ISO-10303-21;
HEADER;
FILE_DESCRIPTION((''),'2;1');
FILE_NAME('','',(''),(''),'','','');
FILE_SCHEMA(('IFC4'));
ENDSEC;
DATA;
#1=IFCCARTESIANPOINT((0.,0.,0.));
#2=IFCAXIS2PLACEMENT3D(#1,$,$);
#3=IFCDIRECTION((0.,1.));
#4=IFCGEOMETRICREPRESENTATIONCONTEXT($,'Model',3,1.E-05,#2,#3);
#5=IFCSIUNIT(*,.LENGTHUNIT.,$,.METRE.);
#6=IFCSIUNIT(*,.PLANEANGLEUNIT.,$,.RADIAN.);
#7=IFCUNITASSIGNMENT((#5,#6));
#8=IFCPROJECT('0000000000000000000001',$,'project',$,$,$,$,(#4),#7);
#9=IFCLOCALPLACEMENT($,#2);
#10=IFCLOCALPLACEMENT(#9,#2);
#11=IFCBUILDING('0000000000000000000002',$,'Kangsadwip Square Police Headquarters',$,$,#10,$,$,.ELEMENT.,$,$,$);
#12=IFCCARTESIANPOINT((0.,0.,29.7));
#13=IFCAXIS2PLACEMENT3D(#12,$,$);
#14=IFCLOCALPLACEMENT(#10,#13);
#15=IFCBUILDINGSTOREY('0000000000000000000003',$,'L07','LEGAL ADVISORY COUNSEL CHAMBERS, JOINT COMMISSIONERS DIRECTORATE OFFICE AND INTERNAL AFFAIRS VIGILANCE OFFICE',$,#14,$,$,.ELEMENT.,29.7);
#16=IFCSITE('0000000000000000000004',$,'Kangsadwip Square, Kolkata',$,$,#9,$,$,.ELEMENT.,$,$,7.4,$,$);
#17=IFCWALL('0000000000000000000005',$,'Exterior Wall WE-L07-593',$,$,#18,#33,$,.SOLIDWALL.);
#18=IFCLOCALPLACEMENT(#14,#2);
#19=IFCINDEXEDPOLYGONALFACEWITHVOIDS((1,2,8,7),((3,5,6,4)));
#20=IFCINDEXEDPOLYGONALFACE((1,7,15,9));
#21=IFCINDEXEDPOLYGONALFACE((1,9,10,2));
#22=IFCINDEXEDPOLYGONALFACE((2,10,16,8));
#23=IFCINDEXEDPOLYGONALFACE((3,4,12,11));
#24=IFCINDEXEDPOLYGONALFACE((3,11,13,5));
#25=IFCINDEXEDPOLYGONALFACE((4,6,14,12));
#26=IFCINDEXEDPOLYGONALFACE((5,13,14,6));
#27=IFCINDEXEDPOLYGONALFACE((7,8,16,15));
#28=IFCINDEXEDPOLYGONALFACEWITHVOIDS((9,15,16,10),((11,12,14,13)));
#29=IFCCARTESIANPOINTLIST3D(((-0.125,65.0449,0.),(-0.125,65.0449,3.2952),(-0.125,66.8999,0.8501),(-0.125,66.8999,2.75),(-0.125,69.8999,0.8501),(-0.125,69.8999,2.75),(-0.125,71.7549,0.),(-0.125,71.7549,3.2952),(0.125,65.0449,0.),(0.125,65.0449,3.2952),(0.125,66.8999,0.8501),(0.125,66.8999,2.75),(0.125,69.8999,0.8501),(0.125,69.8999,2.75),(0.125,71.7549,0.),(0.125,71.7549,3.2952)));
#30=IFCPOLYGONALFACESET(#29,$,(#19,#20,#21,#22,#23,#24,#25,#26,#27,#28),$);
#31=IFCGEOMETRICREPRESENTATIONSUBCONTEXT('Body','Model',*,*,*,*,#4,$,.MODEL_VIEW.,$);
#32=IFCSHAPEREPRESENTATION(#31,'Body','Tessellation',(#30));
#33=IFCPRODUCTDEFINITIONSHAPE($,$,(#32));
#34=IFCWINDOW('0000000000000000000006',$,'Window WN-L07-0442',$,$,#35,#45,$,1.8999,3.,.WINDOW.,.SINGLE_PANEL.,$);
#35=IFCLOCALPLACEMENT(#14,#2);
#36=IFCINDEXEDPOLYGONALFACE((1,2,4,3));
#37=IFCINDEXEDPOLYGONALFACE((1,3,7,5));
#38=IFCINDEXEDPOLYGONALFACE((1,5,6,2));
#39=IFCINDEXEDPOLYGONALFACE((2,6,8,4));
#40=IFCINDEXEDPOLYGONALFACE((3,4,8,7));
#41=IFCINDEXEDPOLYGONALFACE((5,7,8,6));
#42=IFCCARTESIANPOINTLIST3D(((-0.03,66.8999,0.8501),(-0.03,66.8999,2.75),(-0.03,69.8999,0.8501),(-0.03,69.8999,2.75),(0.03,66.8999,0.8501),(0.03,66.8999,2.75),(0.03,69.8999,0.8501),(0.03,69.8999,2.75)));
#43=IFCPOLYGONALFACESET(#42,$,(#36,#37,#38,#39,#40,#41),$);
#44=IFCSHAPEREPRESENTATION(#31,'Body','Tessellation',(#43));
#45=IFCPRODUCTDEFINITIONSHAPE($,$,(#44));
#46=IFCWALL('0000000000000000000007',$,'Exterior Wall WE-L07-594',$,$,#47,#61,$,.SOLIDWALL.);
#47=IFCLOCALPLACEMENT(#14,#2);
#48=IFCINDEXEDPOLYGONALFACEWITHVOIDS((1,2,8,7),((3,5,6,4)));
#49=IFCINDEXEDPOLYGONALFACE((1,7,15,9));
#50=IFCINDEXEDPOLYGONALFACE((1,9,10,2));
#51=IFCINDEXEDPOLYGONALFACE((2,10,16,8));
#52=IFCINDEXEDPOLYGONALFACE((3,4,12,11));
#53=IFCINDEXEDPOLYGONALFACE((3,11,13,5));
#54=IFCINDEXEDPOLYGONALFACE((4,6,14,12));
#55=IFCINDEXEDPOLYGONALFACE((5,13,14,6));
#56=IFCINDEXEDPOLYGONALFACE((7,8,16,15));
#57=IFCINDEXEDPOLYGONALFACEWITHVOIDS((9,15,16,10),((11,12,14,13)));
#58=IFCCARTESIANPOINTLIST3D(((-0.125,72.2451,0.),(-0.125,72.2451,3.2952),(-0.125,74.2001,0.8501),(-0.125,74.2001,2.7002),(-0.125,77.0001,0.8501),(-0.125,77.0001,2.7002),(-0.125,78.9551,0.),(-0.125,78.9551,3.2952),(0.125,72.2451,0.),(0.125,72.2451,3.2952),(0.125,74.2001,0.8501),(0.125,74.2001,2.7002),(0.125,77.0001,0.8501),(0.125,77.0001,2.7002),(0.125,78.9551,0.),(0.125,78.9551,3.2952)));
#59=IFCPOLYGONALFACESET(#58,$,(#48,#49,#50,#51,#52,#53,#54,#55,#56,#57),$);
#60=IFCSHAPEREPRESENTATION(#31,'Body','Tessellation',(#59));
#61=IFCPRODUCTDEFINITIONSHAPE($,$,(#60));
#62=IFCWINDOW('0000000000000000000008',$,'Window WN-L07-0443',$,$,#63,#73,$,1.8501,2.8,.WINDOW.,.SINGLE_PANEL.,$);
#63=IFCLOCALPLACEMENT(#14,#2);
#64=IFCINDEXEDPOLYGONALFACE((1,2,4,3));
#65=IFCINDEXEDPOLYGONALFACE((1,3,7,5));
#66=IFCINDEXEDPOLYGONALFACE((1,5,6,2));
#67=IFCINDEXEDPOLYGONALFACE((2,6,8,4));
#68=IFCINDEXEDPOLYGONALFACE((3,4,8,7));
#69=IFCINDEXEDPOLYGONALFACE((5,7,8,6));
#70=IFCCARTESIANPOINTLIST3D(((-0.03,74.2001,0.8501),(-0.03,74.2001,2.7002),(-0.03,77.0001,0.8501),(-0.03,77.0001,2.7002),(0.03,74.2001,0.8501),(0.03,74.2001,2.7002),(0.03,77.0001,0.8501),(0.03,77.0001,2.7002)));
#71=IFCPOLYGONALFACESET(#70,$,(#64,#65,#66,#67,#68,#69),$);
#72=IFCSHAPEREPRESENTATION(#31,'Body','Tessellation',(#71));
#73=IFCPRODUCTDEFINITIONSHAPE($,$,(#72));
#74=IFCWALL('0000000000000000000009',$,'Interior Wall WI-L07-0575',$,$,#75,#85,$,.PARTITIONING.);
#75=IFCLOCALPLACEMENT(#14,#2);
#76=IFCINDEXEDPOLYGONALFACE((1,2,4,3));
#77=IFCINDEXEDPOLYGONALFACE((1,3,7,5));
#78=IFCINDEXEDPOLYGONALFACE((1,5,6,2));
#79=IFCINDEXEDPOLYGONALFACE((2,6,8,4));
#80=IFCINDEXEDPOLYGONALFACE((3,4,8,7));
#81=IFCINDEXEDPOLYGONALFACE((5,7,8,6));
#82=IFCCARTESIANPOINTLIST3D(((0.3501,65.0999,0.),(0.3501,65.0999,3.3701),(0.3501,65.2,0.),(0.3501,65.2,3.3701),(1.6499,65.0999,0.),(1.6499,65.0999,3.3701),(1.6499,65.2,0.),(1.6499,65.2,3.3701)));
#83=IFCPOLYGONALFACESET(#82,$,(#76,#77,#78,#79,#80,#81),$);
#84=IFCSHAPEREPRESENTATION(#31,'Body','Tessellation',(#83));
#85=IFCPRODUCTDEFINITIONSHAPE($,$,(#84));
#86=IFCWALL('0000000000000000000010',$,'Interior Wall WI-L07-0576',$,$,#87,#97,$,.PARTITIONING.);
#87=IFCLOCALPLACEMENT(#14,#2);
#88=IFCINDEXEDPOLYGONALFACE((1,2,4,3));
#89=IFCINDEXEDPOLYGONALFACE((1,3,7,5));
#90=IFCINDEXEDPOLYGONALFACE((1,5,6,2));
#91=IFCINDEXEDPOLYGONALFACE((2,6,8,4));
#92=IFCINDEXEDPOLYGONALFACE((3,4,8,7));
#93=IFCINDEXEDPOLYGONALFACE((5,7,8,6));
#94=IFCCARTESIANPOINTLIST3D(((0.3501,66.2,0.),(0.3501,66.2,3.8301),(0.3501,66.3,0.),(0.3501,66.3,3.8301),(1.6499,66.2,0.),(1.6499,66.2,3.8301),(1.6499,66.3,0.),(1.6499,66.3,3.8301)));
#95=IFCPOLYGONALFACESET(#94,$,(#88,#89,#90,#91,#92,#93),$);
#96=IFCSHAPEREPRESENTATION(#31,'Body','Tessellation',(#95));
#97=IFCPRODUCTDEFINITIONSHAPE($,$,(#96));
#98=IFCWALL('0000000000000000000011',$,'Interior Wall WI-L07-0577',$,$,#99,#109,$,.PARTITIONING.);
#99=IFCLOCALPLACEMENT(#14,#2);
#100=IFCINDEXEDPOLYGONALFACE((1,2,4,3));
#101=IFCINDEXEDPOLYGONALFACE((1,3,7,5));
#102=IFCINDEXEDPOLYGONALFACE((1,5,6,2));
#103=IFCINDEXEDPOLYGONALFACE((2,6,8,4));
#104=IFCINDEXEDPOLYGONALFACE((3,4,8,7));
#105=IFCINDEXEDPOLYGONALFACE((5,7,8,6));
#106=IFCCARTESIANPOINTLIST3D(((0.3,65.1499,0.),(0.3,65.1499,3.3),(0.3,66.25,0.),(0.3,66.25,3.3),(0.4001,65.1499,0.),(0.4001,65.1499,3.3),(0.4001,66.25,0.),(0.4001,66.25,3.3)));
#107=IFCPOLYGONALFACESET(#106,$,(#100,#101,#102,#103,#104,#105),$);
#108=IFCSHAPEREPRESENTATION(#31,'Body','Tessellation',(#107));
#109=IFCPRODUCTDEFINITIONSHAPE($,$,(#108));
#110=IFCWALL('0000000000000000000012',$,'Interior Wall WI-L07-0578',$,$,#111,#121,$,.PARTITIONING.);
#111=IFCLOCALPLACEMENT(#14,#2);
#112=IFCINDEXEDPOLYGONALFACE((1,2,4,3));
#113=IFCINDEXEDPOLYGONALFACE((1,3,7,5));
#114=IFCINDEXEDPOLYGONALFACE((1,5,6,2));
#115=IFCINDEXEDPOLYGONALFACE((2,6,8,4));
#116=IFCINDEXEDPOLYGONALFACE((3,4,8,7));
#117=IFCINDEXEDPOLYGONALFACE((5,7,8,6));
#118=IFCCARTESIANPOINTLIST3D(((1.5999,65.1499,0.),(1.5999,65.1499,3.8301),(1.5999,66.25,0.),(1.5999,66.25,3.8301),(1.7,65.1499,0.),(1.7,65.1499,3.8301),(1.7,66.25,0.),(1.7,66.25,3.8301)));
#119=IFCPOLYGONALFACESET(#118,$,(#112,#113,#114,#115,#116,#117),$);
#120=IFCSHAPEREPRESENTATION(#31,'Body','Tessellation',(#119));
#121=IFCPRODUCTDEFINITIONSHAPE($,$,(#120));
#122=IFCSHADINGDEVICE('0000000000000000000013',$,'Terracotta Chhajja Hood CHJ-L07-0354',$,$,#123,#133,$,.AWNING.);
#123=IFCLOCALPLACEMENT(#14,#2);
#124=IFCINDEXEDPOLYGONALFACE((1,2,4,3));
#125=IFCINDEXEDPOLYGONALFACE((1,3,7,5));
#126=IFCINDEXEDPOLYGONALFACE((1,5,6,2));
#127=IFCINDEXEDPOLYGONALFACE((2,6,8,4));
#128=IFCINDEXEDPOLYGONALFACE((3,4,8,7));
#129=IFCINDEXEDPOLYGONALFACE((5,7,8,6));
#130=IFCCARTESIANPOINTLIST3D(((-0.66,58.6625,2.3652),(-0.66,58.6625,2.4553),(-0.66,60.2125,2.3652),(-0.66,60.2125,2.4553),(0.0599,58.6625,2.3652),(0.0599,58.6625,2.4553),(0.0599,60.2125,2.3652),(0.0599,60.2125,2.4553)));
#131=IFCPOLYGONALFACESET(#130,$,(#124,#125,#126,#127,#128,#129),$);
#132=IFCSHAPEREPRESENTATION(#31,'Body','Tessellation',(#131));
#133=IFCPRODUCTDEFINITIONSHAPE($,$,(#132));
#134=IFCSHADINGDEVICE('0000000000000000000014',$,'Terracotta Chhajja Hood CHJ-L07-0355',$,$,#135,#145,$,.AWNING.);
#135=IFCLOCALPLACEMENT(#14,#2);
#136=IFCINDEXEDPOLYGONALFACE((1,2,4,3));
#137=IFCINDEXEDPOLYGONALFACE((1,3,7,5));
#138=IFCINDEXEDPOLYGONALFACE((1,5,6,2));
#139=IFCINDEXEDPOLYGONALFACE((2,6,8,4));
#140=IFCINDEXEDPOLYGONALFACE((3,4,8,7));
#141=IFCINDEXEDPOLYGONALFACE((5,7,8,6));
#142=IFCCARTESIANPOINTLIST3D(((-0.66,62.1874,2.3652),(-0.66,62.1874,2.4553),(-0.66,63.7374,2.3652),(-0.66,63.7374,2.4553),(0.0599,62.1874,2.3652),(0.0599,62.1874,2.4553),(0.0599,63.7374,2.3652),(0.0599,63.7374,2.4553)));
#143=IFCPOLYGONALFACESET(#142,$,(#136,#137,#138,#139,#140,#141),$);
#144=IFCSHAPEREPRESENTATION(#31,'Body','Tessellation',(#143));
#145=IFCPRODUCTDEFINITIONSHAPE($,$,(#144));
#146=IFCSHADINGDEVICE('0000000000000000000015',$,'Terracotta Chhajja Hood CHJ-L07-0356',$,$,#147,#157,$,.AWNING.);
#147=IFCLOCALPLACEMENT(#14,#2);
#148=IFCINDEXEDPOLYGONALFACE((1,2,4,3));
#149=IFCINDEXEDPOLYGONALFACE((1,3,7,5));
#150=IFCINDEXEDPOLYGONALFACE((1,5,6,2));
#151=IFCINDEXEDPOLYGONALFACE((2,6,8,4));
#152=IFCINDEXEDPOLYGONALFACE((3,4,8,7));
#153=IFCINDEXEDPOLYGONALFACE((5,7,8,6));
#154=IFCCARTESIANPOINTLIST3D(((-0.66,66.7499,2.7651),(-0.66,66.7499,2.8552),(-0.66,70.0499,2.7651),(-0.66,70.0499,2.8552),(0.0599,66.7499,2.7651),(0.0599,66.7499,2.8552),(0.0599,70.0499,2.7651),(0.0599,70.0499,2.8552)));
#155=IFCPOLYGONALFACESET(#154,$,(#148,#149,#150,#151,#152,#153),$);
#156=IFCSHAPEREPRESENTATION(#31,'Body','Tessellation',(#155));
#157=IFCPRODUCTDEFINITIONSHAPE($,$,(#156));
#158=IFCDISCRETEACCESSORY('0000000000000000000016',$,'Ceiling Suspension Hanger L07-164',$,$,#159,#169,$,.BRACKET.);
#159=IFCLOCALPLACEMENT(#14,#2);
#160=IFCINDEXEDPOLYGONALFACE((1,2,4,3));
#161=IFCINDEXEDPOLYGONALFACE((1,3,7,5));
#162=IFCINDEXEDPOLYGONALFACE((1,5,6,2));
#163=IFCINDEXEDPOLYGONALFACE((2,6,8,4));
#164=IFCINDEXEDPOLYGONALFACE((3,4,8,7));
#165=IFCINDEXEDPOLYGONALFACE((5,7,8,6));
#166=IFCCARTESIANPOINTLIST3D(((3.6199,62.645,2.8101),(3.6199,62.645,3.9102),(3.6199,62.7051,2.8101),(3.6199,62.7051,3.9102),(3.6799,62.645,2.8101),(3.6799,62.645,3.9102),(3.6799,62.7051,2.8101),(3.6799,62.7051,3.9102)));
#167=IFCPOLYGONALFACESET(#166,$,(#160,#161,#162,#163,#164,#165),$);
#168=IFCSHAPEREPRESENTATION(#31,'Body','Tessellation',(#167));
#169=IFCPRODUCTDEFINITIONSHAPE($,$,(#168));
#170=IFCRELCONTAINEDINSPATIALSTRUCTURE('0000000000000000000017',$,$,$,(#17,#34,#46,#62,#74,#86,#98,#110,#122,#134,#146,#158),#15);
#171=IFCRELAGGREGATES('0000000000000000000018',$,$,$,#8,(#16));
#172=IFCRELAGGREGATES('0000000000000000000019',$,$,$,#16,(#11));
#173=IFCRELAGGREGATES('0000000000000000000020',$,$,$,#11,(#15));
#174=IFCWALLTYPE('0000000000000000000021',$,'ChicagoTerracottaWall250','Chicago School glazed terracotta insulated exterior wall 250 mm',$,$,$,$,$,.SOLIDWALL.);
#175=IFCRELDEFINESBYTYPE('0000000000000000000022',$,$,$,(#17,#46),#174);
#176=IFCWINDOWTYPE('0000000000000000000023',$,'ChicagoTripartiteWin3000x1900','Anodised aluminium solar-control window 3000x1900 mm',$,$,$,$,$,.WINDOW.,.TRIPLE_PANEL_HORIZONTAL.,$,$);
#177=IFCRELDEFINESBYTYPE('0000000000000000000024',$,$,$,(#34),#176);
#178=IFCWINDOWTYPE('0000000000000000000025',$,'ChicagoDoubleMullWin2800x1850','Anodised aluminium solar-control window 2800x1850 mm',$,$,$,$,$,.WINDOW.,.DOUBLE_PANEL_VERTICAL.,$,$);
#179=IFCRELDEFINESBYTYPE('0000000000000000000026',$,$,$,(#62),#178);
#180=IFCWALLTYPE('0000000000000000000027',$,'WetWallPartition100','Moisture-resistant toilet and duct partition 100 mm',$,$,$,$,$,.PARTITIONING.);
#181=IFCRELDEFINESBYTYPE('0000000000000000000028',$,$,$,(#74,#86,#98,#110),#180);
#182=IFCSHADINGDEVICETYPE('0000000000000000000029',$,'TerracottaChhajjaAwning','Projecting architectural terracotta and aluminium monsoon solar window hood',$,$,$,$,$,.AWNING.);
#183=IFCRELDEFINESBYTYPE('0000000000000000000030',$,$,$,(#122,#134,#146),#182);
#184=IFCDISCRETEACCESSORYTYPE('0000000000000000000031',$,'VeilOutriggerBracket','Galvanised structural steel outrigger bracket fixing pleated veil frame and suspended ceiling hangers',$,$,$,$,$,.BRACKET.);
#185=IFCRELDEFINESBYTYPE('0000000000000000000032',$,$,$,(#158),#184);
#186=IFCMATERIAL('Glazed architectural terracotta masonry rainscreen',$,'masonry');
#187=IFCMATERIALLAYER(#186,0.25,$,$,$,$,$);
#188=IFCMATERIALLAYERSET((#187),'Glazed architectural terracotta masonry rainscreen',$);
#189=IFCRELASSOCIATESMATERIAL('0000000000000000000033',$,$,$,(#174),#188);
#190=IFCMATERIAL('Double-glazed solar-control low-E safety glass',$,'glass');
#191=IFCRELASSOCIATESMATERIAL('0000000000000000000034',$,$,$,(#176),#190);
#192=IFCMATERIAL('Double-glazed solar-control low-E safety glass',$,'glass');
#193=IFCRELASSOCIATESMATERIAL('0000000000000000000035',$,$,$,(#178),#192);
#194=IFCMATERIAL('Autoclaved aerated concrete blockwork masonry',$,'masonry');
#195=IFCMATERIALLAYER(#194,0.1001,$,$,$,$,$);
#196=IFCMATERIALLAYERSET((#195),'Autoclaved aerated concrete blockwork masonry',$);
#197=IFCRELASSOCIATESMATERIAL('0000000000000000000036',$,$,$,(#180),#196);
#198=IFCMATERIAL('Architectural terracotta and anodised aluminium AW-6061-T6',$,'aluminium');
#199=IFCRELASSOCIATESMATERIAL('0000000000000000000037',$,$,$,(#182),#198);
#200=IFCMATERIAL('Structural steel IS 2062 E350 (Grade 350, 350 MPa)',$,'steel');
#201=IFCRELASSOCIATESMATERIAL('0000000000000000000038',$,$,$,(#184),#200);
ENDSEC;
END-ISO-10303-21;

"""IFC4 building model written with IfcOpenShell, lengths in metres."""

from ifc_helpers import new_model, si_unit, direction, frame, frame_2d, origin, origin_2d, place, context, subcontext, project, spatial, rectangle, extrude, material, layer, layer_set, type_object, element, fill, save


model = new_model("IFC4")

# Units and contexts
model_context = context("Model", 3, precision=1e-05, world=origin(), true_north=direction((0.0, 1.0)))
body_context = subcontext(model_context, "Body", "Model", "MODEL_VIEW")
ifc_project = project(units=[si_unit("LENGTHUNIT", "METRE"), si_unit("PLANEANGLEUNIT", "RADIAN")], contexts=[model_context])

# Site, building, storey
site_placement = place(None, origin())
site = spatial("IfcSite", under=ifc_project, at=site_placement, Name="Kangsadwip Square, Kolkata", CompositionType="ELEMENT", RefElevation=7.4)
building_placement = place(site_placement, origin())
building = spatial("IfcBuilding", under=site, at=building_placement, Name="Kangsadwip Square Police Headquarters", CompositionType="ELEMENT")
storey_placement = place(building_placement, frame((0.0, 0.0, 29.7)))
storey = spatial("IfcBuildingStorey", under=building, at=storey_placement, Name="L07", Description="LEGAL ADVISORY COUNSEL CHAMBERS, JOINT COMMISSIONERS DIRECTORATE OFFICE AND INTERNAL AFFAIRS VIGILANCE OFFICE", CompositionType="ELEMENT", Elevation=29.7)

# Walls, openings, windows
ifc_material_1 = material(Name="Glazed architectural terracotta masonry rainscreen", Category="masonry")
ifc_layer_1 = layer(ifc_material_1, 0.25)
ifc_layer_set_1 = layer_set([ifc_layer_1], Name="Glazed architectural terracotta masonry rainscreen")
wall_type_1 = type_object("IfcWallType", Name="ChicagoTerracottaWall250", Description="Chicago School glazed terracotta insulated exterior wall 250 mm", PredefinedType="SOLIDWALL", material=ifc_layer_set_1)
wall_1_placement = place(storey_placement, frame((0.0, 65.0449, 0.0), z_axis=(0.0, 0.0, 1.0), x_axis=(0.0, 1.0, 0.0)))
wall_1 = element("IfcWall", 1, at=wall_1_placement, inside=storey, type_object=wall_type_1, Name="Exterior Wall WE-L07-593", PredefinedType="SOLIDWALL", context=body_context, shape_type="SweptSolid", body=[
    extrude(rectangle(XDim=6.71, YDim=0.25, at=frame_2d((3.355, 0.0))), origin(), (0.0, 0.0, 1.0), 3.2952),
])
opening_1_placement = place(wall_1_placement, frame((1.855, 0.0, 0.8501)))
opening_1 = element("IfcOpeningElement", 2, at=opening_1_placement, cuts=wall_1, PredefinedType="OPENING", context=body_context, shape_type="SweptSolid", body=[
    extrude(rectangle(XDim=3.0, YDim=1.8999, at=frame_2d((1.5, 0.95))), frame((0.0, 0.135, 0.0), z_axis=(0.0, -1.0, 0.0), x_axis=(1.0, 0.0, 0.0)), (0.0, 0.0, 1.0), 0.27),
])
ifc_material_2 = material(Name="Double-glazed solar-control low-E safety glass", Category="glass")
window_type_1 = type_object("IfcWindowType", Name="ChicagoTripartiteWin3000x1900", Description="Anodised aluminium solar-control window 3000x1900 mm", PartitioningType="TRIPLE_PANEL_HORIZONTAL", PredefinedType="WINDOW", material=ifc_material_2)
window_1_placement = place(opening_1_placement, origin())
window_1 = element("IfcWindow", 3, at=window_1_placement, inside=storey, type_object=window_type_1, Name="Window WN-L07-0442", OverallHeight=1.8999, OverallWidth=3.0, PartitioningType="SINGLE_PANEL", PredefinedType="WINDOW", context=body_context, shape_type="SweptSolid", body=[
    extrude(rectangle(XDim=3.0, YDim=1.8999, at=frame_2d((1.5, 0.95))), frame((0.0, 0.03, 0.0), z_axis=(0.0, -1.0, 0.0), x_axis=(1.0, 0.0, 0.0)), (0.0, 0.0, 1.0), 0.0601),
])
fill(opening_1, window_1)
wall_2_placement = place(storey_placement, frame((0.0, 72.2451, 0.0), z_axis=(0.0, 0.0, 1.0), x_axis=(0.0, 1.0, 0.0)))
wall_2 = element("IfcWall", 4, at=wall_2_placement, inside=storey, type_object=wall_type_1, Name="Exterior Wall WE-L07-594", PredefinedType="SOLIDWALL", context=body_context, shape_type="SweptSolid", body=[
    extrude(rectangle(XDim=6.71, YDim=0.25, at=frame_2d((3.355, 0.0))), origin(), (0.0, 0.0, 1.0), 3.2952),
])
opening_2_placement = place(wall_2_placement, frame((1.9551, 0.0, 0.8501)))
opening_2 = element("IfcOpeningElement", 5, at=opening_2_placement, cuts=wall_2, PredefinedType="OPENING", context=body_context, shape_type="SweptSolid", body=[
    extrude(rectangle(XDim=2.8, YDim=1.8501, at=frame_2d((1.3999, 0.925))), frame((0.0, 0.135, 0.0), z_axis=(0.0, -1.0, 0.0), x_axis=(1.0, 0.0, 0.0)), (0.0, 0.0, 1.0), 0.27),
])
ifc_material_3 = material(Name="Double-glazed solar-control low-E safety glass", Category="glass")
window_type_2 = type_object("IfcWindowType", Name="ChicagoDoubleMullWin2800x1850", Description="Anodised aluminium solar-control window 2800x1850 mm", PartitioningType="DOUBLE_PANEL_VERTICAL", PredefinedType="WINDOW", material=ifc_material_3)
window_2_placement = place(opening_2_placement, origin())
window_2 = element("IfcWindow", 6, at=window_2_placement, inside=storey, type_object=window_type_2, Name="Window WN-L07-0443", OverallHeight=1.8501, OverallWidth=2.8, PartitioningType="SINGLE_PANEL", PredefinedType="WINDOW", context=body_context, shape_type="SweptSolid", body=[
    extrude(rectangle(XDim=2.8, YDim=1.8501, at=frame_2d((1.3999, 0.925))), frame((0.0, 0.03, 0.0), z_axis=(0.0, -1.0, 0.0), x_axis=(1.0, 0.0, 0.0)), (0.0, 0.0, 1.0), 0.0601),
])
fill(opening_2, window_2)

# Walls
ifc_material_4 = material(Name="Autoclaved aerated concrete blockwork masonry", Category="masonry")
ifc_layer_2 = layer(ifc_material_4, 0.1001)
ifc_layer_set_2 = layer_set([ifc_layer_2], Name="Autoclaved aerated concrete blockwork masonry")
wall_type_2 = type_object("IfcWallType", Name="WetWallPartition100", Description="Moisture-resistant toilet and duct partition 100 mm", PredefinedType="PARTITIONING", material=ifc_layer_set_2)
wall_3_placement = place(storey_placement, frame((0.3501, 65.1499, 0.0), z_axis=(0.0, 0.0, 1.0), x_axis=(1.0, 0.0, 0.0)))
element("IfcWall", 7, at=wall_3_placement, inside=storey, type_object=wall_type_2, Name="Interior Wall WI-L07-0575", PredefinedType="PARTITIONING", context=body_context, shape_type="SweptSolid", body=[
    extrude(rectangle(XDim=1.2998, YDim=0.1001, at=frame_2d((0.6499, 0.0))), origin(), (0.0, 0.0, 1.0), 3.3701),
])
wall_4_placement = place(storey_placement, frame((0.3501, 66.25, 0.0), z_axis=(0.0, 0.0, 1.0), x_axis=(1.0, 0.0, 0.0)))
element("IfcWall", 8, at=wall_4_placement, inside=storey, type_object=wall_type_2, Name="Interior Wall WI-L07-0576", PredefinedType="PARTITIONING", context=body_context, shape_type="SweptSolid", body=[
    extrude(rectangle(XDim=1.2998, YDim=0.1001, at=frame_2d((0.6499, 0.0))), origin(), (0.0, 0.0, 1.0), 3.8301),
])
wall_5_placement = place(storey_placement, frame((0.3501, 65.1499, 0.0), z_axis=(0.0, 0.0, 1.0), x_axis=(0.0, 1.0, 0.0)))
element("IfcWall", 9, at=wall_5_placement, inside=storey, type_object=wall_type_2, Name="Interior Wall WI-L07-0577", PredefinedType="PARTITIONING", context=body_context, shape_type="SweptSolid", body=[
    extrude(rectangle(XDim=1.1001, YDim=0.1001, at=frame_2d((0.55, 0.0))), origin(), (0.0, 0.0, 1.0), 3.3),
])
wall_6_placement = place(storey_placement, frame((1.6499, 65.1499, 0.0), z_axis=(0.0, 0.0, 1.0), x_axis=(0.0, 1.0, 0.0)))
element("IfcWall", 10, at=wall_6_placement, inside=storey, type_object=wall_type_2, Name="Interior Wall WI-L07-0578", PredefinedType="PARTITIONING", context=body_context, shape_type="SweptSolid", body=[
    extrude(rectangle(XDim=1.1001, YDim=0.1001, at=frame_2d((0.55, 0.0))), origin(), (0.0, 0.0, 1.0), 3.8301),
])

# Shading devices
ifc_material_5 = material(Name="Architectural terracotta and anodised aluminium AW-6061-T6", Category="aluminium")
shading_device_type = type_object("IfcShadingDeviceType", Name="TerracottaChhajjaAwning", Description="Projecting architectural terracotta and aluminium monsoon solar window hood", PredefinedType="AWNING", material=ifc_material_5)
for number, where, z_axis, x_axis, name in (
    (11, (-0.3, 59.4375, 2.3652), (0.0, 0.0, 1.0), (0.0, 1.0, 0.0), "Terracotta Chhajja Hood CHJ-L07-0354"),
    (12, (-0.3, 62.9624, 2.3652), (0.0, 0.0, 1.0), (0.0, 1.0, 0.0), "Terracotta Chhajja Hood CHJ-L07-0355"),
):
    element("IfcShadingDevice", number, at=place(storey_placement, frame(where, z_axis=z_axis, x_axis=x_axis)), inside=storey, type_object=shading_device_type, Name=name, PredefinedType="AWNING", context=body_context, shape_type="SweptSolid", body=[
        extrude(rectangle(XDim=1.55, YDim=0.72, at=origin_2d()), origin(), (0.0, 0.0, 1.0), 0.0901),
    ])
shading_device_placement = place(storey_placement, frame((-0.3, 68.3999, 2.7651), z_axis=(0.0, 0.0, 1.0), x_axis=(0.0, 1.0, 0.0)))
element("IfcShadingDevice", 13, at=shading_device_placement, inside=storey, type_object=shading_device_type, Name="Terracotta Chhajja Hood CHJ-L07-0356", PredefinedType="AWNING", context=body_context, shape_type="SweptSolid", body=[
    extrude(rectangle(XDim=3.3, YDim=0.72, at=origin_2d()), origin(), (0.0, 0.0, 1.0), 0.0901),
])

# Discrete accessory
ifc_material_6 = material(Name="Structural steel IS 2062 E350 (Grade 350, 350 MPa)", Category="steel")
discrete_accessory_type = type_object("IfcDiscreteAccessoryType", Name="VeilOutriggerBracket", Description="Galvanised structural steel outrigger bracket fixing pleated veil frame and suspended ceiling hangers", PredefinedType="BRACKET", material=ifc_material_6)
discrete_accessory_placement = place(storey_placement, frame((3.6499, 62.675, 2.8101), z_axis=(0.0, 0.0, 1.0), x_axis=(1.0, 0.0, 0.0)))
element("IfcDiscreteAccessory", 14, at=discrete_accessory_placement, inside=storey, type_object=discrete_accessory_type, Name="Ceiling Suspension Hanger L07-164", PredefinedType="BRACKET", context=body_context, shape_type="SweptSolid", body=[
    extrude(rectangle(XDim=0.0601, YDim=0.0601, at=origin_2d()), origin(), (0.0, 0.0, 1.0), 1.1001),
])

save(model, "model.ifc")
